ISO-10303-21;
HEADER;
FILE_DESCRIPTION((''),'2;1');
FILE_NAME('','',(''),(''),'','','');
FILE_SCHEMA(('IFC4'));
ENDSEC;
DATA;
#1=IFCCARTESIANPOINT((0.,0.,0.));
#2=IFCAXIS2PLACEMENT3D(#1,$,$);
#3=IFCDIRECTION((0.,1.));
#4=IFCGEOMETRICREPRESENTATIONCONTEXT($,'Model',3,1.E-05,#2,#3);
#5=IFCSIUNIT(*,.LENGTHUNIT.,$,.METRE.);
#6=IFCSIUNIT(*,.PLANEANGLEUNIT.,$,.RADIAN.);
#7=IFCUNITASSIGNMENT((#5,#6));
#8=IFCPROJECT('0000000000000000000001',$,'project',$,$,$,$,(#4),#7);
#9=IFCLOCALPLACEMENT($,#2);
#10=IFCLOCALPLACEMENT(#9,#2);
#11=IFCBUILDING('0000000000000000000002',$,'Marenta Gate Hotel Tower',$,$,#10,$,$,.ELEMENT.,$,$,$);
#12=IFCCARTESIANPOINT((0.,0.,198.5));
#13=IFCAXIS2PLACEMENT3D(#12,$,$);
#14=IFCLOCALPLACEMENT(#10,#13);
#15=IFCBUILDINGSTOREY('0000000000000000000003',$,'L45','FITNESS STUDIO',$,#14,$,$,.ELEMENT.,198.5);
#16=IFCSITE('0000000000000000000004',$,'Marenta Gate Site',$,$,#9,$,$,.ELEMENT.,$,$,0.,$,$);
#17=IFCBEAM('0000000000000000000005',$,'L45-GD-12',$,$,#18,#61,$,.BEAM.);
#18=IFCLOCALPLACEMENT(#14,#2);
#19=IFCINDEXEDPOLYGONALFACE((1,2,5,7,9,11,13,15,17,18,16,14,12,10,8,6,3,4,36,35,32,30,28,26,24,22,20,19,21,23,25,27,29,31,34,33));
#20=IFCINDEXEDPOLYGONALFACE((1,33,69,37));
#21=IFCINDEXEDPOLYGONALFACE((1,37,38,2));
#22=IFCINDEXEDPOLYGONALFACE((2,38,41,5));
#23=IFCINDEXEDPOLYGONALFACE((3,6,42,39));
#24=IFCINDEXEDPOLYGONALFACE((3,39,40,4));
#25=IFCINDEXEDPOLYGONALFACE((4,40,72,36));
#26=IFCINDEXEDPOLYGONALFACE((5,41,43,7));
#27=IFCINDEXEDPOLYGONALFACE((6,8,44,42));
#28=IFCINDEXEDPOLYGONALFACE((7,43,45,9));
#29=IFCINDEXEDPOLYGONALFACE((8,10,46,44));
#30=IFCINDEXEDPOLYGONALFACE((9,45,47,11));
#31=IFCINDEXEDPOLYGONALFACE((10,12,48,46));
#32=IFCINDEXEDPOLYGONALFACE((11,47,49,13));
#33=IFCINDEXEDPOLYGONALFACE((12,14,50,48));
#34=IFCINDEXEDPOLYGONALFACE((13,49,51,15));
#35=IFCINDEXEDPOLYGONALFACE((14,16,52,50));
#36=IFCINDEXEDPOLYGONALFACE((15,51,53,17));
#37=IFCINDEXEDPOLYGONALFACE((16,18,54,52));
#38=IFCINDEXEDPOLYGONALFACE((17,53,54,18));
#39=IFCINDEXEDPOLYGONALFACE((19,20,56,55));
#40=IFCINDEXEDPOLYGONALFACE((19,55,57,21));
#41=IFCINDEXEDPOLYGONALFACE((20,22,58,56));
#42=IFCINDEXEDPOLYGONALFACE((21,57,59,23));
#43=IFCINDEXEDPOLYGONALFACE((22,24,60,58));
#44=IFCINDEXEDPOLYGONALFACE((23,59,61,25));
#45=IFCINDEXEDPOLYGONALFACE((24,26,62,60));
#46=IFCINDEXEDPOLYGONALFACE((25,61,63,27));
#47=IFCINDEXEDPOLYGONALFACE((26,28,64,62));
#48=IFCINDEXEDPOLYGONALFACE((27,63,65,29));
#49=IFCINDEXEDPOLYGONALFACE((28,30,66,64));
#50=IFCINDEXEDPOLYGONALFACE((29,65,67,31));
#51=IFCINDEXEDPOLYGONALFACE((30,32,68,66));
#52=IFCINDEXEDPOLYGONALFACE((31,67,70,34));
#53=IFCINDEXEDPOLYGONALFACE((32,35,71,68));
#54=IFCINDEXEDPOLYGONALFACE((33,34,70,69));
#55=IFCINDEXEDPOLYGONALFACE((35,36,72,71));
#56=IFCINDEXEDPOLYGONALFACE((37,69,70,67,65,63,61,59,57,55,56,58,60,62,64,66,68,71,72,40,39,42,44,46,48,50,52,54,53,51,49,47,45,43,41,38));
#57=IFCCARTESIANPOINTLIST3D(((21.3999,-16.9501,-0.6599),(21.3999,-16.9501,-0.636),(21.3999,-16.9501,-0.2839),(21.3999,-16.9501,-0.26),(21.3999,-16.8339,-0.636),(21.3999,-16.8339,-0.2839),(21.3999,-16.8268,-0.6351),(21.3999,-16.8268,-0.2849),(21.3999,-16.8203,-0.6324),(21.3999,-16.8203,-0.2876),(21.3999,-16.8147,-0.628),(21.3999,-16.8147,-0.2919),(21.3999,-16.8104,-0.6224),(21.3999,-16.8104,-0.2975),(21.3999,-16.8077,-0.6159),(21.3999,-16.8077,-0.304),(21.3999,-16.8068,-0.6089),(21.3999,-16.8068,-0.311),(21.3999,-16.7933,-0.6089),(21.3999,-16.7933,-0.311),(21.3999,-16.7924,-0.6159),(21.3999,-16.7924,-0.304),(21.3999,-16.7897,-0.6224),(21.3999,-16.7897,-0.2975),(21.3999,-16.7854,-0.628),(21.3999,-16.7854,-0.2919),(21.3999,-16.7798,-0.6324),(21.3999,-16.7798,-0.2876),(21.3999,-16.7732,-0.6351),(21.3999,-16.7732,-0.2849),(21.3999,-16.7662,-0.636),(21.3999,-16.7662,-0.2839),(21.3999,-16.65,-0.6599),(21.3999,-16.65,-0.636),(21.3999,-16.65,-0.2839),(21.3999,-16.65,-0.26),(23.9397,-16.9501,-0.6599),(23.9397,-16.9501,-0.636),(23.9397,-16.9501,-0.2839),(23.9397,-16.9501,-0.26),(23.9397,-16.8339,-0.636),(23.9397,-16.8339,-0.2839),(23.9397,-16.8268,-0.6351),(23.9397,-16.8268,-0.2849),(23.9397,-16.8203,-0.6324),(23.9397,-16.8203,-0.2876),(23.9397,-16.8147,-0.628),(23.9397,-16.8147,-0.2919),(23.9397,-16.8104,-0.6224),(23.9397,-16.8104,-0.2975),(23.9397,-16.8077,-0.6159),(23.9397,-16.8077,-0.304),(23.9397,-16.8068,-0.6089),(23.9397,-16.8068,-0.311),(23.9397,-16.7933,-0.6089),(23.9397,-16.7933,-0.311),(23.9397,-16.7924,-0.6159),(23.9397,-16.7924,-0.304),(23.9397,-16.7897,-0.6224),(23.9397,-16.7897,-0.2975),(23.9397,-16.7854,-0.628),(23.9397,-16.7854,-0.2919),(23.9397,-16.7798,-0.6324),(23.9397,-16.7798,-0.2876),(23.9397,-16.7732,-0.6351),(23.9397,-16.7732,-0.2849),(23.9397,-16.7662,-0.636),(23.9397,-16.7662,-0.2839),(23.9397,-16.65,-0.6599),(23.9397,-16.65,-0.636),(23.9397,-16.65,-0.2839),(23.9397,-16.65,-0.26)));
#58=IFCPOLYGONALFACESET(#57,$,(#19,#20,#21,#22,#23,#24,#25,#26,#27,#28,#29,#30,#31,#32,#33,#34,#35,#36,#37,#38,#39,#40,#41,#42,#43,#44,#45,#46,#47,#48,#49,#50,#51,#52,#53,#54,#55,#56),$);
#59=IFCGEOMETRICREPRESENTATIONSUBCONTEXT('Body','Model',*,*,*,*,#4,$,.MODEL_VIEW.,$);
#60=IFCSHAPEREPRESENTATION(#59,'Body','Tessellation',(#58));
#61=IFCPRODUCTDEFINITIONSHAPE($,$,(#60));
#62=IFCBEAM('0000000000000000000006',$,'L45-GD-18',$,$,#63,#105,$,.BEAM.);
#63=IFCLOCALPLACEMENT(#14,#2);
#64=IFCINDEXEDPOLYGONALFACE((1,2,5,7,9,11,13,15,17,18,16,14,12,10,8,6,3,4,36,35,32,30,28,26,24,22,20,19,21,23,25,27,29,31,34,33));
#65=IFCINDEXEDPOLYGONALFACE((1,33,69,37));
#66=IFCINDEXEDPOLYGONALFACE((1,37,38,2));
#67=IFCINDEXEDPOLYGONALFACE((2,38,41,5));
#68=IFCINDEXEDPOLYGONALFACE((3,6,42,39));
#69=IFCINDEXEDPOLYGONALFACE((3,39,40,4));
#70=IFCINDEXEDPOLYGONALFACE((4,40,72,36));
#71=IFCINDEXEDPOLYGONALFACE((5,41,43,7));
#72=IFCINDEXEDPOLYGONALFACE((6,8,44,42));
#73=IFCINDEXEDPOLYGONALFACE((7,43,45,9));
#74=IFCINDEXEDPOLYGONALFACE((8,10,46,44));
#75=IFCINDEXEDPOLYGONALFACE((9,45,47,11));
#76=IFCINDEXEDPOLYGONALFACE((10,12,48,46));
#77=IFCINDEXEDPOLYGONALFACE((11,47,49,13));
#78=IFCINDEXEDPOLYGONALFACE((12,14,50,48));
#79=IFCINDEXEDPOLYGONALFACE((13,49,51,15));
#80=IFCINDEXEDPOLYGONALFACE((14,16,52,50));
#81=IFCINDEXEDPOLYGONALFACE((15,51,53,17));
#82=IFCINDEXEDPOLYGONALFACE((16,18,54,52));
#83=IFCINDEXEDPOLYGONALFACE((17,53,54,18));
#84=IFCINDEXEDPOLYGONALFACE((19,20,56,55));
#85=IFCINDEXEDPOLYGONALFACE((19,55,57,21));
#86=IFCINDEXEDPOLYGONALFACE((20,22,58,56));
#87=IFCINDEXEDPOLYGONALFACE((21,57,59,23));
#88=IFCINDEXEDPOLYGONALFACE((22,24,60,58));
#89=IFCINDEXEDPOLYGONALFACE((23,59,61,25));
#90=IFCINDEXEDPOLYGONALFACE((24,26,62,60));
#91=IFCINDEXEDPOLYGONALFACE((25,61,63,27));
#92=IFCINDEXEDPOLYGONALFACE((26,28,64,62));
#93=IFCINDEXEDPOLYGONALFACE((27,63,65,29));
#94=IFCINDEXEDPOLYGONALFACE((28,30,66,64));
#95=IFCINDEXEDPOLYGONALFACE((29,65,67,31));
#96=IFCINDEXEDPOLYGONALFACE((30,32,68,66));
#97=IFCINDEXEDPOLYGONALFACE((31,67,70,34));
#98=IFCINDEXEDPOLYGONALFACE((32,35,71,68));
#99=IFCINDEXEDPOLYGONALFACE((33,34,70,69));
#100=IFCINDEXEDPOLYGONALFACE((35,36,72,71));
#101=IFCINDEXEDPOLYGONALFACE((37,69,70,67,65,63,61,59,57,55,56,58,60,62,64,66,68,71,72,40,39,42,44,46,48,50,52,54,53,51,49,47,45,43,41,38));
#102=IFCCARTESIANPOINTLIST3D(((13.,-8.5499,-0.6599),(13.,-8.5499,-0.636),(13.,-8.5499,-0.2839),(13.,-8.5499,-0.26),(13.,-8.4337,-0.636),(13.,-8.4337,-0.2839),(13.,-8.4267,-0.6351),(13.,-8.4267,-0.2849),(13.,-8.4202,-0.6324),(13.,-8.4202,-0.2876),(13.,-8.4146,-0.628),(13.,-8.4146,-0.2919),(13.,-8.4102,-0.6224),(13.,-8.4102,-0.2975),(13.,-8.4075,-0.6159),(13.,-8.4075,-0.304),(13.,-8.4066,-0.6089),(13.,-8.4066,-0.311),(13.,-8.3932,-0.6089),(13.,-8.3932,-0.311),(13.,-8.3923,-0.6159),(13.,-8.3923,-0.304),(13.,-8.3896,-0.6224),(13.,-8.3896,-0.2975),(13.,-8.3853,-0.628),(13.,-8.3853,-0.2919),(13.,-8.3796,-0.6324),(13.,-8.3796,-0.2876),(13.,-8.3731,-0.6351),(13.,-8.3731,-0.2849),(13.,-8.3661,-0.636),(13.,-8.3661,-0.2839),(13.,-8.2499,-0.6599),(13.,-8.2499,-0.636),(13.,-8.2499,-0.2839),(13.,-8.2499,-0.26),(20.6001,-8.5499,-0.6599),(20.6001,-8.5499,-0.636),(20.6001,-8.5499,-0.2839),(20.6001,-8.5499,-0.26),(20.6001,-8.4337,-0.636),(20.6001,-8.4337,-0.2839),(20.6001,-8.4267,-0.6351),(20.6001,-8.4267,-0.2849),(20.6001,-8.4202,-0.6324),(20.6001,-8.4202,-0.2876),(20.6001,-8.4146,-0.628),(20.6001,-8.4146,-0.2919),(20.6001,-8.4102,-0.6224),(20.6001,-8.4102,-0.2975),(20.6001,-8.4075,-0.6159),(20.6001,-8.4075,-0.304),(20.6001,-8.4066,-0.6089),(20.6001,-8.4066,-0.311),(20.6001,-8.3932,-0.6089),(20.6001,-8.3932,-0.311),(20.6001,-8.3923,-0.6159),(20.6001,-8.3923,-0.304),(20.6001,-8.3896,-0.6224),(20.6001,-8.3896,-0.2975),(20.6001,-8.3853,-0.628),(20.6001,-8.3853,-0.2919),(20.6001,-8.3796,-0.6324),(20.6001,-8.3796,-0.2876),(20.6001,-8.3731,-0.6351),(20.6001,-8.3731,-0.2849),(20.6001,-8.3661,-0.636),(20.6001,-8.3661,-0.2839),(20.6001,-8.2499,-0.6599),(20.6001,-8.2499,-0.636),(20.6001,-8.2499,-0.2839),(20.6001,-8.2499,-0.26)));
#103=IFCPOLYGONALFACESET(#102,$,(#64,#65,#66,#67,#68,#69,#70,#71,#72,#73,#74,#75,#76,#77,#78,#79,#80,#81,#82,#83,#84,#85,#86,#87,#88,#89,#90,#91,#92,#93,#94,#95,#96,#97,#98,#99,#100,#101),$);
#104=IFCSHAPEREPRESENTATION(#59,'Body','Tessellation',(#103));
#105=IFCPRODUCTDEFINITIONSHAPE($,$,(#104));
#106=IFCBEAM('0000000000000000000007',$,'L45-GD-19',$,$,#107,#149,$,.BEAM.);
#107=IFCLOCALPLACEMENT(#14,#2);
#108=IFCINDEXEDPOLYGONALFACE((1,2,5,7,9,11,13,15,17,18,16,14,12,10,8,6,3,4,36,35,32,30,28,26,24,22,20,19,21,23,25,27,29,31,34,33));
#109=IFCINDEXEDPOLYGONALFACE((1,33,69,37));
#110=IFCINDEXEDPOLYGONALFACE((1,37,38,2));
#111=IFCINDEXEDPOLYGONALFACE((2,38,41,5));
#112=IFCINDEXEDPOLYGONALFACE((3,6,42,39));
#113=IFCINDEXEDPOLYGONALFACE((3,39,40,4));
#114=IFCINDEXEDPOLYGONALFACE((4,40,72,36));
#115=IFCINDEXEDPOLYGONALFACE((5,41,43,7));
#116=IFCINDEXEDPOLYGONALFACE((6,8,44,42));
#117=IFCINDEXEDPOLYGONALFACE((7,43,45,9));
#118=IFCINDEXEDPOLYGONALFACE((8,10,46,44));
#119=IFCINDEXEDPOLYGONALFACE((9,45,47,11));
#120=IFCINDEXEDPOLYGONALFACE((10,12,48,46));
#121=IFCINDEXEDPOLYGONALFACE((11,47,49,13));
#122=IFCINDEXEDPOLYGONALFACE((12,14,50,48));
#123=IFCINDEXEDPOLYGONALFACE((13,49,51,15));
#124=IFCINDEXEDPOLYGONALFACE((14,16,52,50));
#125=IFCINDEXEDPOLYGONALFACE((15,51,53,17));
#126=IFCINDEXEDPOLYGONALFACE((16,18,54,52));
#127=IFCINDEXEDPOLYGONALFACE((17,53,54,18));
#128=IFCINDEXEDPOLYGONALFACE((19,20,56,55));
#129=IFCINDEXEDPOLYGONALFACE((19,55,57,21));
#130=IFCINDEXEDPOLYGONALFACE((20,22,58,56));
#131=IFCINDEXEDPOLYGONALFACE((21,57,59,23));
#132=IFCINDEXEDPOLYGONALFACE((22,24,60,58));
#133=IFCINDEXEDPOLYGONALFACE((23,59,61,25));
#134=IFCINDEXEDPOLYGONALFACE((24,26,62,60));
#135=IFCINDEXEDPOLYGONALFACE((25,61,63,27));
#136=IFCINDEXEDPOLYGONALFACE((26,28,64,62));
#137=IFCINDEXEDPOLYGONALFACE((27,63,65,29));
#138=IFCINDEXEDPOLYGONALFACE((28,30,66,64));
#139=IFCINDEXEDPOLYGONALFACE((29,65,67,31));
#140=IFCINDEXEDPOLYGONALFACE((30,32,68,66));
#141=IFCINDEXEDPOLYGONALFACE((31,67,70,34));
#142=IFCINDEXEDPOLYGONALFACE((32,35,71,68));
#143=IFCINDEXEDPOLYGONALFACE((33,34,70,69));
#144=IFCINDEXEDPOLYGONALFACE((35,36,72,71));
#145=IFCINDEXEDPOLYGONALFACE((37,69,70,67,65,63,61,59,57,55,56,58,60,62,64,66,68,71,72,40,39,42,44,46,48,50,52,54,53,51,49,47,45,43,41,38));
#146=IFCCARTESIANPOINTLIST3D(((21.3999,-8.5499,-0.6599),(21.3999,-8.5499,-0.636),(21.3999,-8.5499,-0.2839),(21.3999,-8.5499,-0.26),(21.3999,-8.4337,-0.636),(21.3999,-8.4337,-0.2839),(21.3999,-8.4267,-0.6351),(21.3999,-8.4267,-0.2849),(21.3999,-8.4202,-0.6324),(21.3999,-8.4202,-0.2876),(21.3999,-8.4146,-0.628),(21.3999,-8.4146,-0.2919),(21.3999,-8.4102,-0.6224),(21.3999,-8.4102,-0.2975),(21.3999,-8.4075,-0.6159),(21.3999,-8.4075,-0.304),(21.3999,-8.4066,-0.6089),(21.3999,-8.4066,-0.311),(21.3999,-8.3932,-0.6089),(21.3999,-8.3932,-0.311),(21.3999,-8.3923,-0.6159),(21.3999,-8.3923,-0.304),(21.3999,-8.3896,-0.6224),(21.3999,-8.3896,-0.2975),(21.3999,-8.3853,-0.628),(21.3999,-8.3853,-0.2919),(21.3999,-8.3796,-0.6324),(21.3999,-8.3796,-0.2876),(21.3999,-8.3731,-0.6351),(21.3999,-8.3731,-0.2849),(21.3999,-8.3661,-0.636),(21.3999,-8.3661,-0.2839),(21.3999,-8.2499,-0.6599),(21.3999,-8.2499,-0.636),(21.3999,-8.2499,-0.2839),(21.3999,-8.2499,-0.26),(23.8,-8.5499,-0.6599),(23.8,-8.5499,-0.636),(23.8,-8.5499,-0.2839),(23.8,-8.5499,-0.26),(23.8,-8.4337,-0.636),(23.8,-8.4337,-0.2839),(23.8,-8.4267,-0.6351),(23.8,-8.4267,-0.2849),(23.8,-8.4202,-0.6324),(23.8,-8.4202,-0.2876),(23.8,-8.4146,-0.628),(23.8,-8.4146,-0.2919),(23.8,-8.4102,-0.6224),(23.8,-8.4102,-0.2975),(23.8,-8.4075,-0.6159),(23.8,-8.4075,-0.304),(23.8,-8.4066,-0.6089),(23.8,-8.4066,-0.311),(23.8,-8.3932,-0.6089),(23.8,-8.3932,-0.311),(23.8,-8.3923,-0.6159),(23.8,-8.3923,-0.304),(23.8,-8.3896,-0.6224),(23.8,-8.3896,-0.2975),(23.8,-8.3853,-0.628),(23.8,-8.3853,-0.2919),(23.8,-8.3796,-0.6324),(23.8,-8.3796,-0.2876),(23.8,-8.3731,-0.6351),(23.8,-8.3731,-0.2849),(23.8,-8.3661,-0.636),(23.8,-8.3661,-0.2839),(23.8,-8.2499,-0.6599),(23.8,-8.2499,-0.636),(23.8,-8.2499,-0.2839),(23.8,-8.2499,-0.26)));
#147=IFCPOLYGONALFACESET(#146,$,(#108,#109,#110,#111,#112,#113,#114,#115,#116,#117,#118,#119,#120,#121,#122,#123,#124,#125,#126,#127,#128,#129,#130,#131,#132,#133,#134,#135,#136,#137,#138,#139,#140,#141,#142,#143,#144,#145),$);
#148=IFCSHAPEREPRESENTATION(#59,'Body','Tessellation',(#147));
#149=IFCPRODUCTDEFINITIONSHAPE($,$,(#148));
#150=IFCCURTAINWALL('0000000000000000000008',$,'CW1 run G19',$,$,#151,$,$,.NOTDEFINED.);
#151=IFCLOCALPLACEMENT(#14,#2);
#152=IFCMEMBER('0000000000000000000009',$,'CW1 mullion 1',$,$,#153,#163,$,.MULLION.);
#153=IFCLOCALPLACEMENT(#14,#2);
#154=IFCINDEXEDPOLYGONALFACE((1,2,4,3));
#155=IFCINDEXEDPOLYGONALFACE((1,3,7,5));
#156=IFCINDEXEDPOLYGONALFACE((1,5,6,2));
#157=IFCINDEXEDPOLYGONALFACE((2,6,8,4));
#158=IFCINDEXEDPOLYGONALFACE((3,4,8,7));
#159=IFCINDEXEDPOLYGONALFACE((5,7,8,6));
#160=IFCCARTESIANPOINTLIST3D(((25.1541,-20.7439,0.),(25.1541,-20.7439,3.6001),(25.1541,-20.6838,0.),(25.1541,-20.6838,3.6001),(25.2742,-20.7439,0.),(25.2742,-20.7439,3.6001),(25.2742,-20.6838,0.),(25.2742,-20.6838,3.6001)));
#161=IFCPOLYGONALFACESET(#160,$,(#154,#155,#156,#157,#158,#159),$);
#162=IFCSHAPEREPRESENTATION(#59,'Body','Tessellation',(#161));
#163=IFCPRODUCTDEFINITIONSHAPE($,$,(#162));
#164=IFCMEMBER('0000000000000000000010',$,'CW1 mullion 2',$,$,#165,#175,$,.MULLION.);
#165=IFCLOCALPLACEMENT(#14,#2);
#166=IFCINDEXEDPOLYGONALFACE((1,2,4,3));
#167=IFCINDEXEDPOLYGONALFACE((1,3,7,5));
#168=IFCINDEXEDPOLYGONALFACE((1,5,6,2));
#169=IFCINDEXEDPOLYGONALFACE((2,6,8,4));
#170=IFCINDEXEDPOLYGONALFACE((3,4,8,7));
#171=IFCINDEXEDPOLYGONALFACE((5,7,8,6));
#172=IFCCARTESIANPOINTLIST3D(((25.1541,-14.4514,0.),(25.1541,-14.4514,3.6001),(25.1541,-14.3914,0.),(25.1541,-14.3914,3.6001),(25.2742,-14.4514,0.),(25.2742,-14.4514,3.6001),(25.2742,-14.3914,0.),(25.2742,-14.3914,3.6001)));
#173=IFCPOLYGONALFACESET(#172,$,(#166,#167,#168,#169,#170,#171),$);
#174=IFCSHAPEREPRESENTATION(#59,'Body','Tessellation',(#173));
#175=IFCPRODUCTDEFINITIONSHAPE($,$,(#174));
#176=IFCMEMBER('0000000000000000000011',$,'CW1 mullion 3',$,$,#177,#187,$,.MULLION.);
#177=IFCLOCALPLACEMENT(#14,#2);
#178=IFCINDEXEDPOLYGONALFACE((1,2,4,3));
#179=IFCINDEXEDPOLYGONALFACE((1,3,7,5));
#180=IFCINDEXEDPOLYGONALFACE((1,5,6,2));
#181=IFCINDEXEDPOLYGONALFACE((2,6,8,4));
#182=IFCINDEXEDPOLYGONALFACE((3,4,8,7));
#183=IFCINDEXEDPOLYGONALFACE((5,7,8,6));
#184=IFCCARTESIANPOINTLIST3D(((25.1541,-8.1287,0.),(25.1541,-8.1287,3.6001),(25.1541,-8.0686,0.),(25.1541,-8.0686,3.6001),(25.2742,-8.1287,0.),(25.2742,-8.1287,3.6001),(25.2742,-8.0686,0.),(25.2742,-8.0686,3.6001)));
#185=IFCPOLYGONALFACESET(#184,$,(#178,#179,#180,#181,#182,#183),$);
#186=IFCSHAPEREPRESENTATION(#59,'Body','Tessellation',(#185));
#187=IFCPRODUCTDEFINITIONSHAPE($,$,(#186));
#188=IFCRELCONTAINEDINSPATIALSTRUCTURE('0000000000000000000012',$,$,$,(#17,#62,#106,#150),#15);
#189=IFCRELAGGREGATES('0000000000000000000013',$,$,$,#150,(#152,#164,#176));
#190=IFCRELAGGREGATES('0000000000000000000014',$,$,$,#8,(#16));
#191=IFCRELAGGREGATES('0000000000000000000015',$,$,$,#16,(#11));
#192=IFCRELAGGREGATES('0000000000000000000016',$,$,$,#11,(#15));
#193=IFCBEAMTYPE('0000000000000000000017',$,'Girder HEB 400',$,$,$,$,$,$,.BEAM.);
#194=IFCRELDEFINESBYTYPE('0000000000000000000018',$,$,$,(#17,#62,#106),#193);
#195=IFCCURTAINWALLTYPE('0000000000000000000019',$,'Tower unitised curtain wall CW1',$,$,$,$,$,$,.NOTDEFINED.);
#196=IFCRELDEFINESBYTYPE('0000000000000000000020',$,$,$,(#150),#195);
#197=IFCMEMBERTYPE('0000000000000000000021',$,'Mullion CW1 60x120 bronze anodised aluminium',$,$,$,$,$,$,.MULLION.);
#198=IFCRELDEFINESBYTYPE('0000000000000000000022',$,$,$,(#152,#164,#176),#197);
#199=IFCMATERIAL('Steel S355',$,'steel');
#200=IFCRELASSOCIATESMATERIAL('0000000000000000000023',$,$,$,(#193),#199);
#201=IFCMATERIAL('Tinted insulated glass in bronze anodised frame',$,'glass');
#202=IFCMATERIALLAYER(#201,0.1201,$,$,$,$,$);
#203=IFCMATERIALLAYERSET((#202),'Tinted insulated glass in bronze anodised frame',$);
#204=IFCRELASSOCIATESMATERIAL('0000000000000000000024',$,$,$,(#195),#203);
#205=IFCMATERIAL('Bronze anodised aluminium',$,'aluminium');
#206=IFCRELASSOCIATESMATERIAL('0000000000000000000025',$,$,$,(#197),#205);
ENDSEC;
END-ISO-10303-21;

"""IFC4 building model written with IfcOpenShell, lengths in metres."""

from ifc_helpers import new_model, si_unit, direction, frame, origin, origin_2d, place, context, subcontext, project, spatial, rectangle, i_section, extrude, material, layer, layer_set, material_profile, profile_set, type_object, element, aggregate, save


model = new_model("IFC4")

# Units and contexts
model_context = context("Model", 3, precision=1e-05, world=origin(), true_north=direction((0.0, 1.0)))
body_context = subcontext(model_context, "Body", "Model", "MODEL_VIEW")
ifc_project = project(units=[si_unit("LENGTHUNIT", "METRE"), si_unit("PLANEANGLEUNIT", "RADIAN")], contexts=[model_context])

# Site, building, storey
site_placement = place(None, origin())
site = spatial("IfcSite", under=ifc_project, at=site_placement, Name="Marenta Gate Site", CompositionType="ELEMENT", RefElevation=0.0)
building_placement = place(site_placement, origin())
building = spatial("IfcBuilding", under=site, at=building_placement, Name="Marenta Gate Hotel Tower", CompositionType="ELEMENT")
storey_placement = place(building_placement, frame((0.0, 0.0, 198.5)))
storey = spatial("IfcBuildingStorey", under=building, at=storey_placement, Name="L45", Description="FITNESS STUDIO", CompositionType="ELEMENT", Elevation=198.5)

# Beams
ifc_material_1 = material(Name="Steel S355", Category="steel")
ifc_material_profile_1 = material_profile(ifc_material_1, i_section(OverallWidth=0.3, OverallDepth=0.3999, WebThickness=0.0134, FlangeThickness=0.0239, FilletRadius=0.0271, at=origin_2d()), Name="HEB 400")
ifc_profile_set_1 = profile_set([ifc_material_profile_1], Name="Steel S355")
beam_type_1 = type_object("IfcBeamType", Name="Girder HEB 400", PredefinedType="BEAM", material=ifc_profile_set_1)
beam_1_placement = place(storey_placement, frame((21.3999, -16.8, -0.46), z_axis=(1.0, 0.0, 0.0), x_axis=(0.0, 1.0, 0.0)))
element("IfcBeam", 1, at=beam_1_placement, inside=storey, type_object=beam_type_1, Name="L45-GD-12", PredefinedType="BEAM", context=body_context, shape_type="SweptSolid", body=[
    extrude(i_section(OverallWidth=0.3, OverallDepth=0.3999, WebThickness=0.0134, FlangeThickness=0.0239, FilletRadius=0.0271, at=origin_2d()), origin(), (0.0, 0.0, 1.0), 2.5398),
])
beam_2_placement = place(storey_placement, frame((13.0, -8.3999, -0.46), z_axis=(1.0, 0.0, 0.0), x_axis=(0.0, 1.0, 0.0)))
element("IfcBeam", 2, at=beam_2_placement, inside=storey, type_object=beam_type_1, Name="L45-GD-18", PredefinedType="BEAM", context=body_context, shape_type="SweptSolid", body=[
    extrude(i_section(OverallWidth=0.3, OverallDepth=0.3999, WebThickness=0.0134, FlangeThickness=0.0239, FilletRadius=0.0271, at=origin_2d()), origin(), (0.0, 0.0, 1.0), 7.6001),
])
beam_3_placement = place(storey_placement, frame((21.3999, -8.3999, -0.46), z_axis=(1.0, 0.0, 0.0), x_axis=(0.0, 1.0, 0.0)))
element("IfcBeam", 3, at=beam_3_placement, inside=storey, type_object=beam_type_1, Name="L45-GD-19", PredefinedType="BEAM", context=body_context, shape_type="SweptSolid", body=[
    extrude(i_section(OverallWidth=0.3, OverallDepth=0.3999, WebThickness=0.0134, FlangeThickness=0.0239, FilletRadius=0.0271, at=origin_2d()), origin(), (0.0, 0.0, 1.0), 2.4001),
])

# Curtain wall, members
ifc_material_2 = material(Name="Tinted insulated glass in bronze anodised frame", Category="glass")
ifc_layer_1 = layer(ifc_material_2, 0.1201)
ifc_layer_set_1 = layer_set([ifc_layer_1], Name="Tinted insulated glass in bronze anodised frame")
curtain_wall_type = type_object("IfcCurtainWallType", Name="Tower unitised curtain wall CW1", PredefinedType="NOTDEFINED", material=ifc_layer_set_1)
curtain_wall_1_placement = place(storey_placement, origin())
curtain_wall_1 = element("IfcCurtainWall", 4, at=curtain_wall_1_placement, inside=storey, type_object=curtain_wall_type, Name="CW1 run G19", PredefinedType="NOTDEFINED")
ifc_material_3 = material(Name="Bronze anodised aluminium", Category="aluminium")
ifc_material_profile_2 = material_profile(ifc_material_3, rectangle(XDim=0.1201, YDim=0.0601, at=origin_2d()), Name="Mullion CW1 60x120 bronze anodised aluminium")
ifc_profile_set_2 = profile_set([ifc_material_profile_2], Name="Bronze anodised aluminium")
member_type_1 = type_object("IfcMemberType", Name="Mullion CW1 60x120 bronze anodised aluminium", PredefinedType="MULLION", material=ifc_profile_set_2)
member_1_placement = place(storey_placement, frame((25.2141, -20.7139, 0.0), z_axis=(0.0, 0.0, 1.0), x_axis=(-1.0, 0.0, 0.0)))
member_1 = element("IfcMember", 5, at=member_1_placement, type_object=member_type_1, Name="CW1 mullion 1", PredefinedType="MULLION", context=body_context, shape_type="SweptSolid", body=[
    extrude(rectangle(XDim=0.1201, YDim=0.0601, at=origin_2d()), origin(), (0.0, 0.0, 1.0), 3.6001),
])
member_2_placement = place(storey_placement, frame((25.2141, -14.4214, 0.0), z_axis=(0.0, 0.0, 1.0), x_axis=(-1.0, 0.0, 0.0)))
member_2 = element("IfcMember", 6, at=member_2_placement, type_object=member_type_1, Name="CW1 mullion 2", PredefinedType="MULLION", context=body_context, shape_type="SweptSolid", body=[
    extrude(rectangle(XDim=0.1201, YDim=0.0601, at=origin_2d()), origin(), (0.0, 0.0, 1.0), 3.6001),
])
member_3_placement = place(storey_placement, frame((25.2141, -8.0986, 0.0), z_axis=(0.0, 0.0, 1.0), x_axis=(-1.0, 0.0, 0.0)))
member_3 = element("IfcMember", 7, at=member_3_placement, type_object=member_type_1, Name="CW1 mullion 3", PredefinedType="MULLION", context=body_context, shape_type="SweptSolid", body=[
    extrude(rectangle(XDim=0.1201, YDim=0.0601, at=origin_2d()), origin(), (0.0, 0.0, 1.0), 3.6001),
])

aggregate(curtain_wall_1, [member_1, member_2, member_3])

save(model, "model.ifc")
